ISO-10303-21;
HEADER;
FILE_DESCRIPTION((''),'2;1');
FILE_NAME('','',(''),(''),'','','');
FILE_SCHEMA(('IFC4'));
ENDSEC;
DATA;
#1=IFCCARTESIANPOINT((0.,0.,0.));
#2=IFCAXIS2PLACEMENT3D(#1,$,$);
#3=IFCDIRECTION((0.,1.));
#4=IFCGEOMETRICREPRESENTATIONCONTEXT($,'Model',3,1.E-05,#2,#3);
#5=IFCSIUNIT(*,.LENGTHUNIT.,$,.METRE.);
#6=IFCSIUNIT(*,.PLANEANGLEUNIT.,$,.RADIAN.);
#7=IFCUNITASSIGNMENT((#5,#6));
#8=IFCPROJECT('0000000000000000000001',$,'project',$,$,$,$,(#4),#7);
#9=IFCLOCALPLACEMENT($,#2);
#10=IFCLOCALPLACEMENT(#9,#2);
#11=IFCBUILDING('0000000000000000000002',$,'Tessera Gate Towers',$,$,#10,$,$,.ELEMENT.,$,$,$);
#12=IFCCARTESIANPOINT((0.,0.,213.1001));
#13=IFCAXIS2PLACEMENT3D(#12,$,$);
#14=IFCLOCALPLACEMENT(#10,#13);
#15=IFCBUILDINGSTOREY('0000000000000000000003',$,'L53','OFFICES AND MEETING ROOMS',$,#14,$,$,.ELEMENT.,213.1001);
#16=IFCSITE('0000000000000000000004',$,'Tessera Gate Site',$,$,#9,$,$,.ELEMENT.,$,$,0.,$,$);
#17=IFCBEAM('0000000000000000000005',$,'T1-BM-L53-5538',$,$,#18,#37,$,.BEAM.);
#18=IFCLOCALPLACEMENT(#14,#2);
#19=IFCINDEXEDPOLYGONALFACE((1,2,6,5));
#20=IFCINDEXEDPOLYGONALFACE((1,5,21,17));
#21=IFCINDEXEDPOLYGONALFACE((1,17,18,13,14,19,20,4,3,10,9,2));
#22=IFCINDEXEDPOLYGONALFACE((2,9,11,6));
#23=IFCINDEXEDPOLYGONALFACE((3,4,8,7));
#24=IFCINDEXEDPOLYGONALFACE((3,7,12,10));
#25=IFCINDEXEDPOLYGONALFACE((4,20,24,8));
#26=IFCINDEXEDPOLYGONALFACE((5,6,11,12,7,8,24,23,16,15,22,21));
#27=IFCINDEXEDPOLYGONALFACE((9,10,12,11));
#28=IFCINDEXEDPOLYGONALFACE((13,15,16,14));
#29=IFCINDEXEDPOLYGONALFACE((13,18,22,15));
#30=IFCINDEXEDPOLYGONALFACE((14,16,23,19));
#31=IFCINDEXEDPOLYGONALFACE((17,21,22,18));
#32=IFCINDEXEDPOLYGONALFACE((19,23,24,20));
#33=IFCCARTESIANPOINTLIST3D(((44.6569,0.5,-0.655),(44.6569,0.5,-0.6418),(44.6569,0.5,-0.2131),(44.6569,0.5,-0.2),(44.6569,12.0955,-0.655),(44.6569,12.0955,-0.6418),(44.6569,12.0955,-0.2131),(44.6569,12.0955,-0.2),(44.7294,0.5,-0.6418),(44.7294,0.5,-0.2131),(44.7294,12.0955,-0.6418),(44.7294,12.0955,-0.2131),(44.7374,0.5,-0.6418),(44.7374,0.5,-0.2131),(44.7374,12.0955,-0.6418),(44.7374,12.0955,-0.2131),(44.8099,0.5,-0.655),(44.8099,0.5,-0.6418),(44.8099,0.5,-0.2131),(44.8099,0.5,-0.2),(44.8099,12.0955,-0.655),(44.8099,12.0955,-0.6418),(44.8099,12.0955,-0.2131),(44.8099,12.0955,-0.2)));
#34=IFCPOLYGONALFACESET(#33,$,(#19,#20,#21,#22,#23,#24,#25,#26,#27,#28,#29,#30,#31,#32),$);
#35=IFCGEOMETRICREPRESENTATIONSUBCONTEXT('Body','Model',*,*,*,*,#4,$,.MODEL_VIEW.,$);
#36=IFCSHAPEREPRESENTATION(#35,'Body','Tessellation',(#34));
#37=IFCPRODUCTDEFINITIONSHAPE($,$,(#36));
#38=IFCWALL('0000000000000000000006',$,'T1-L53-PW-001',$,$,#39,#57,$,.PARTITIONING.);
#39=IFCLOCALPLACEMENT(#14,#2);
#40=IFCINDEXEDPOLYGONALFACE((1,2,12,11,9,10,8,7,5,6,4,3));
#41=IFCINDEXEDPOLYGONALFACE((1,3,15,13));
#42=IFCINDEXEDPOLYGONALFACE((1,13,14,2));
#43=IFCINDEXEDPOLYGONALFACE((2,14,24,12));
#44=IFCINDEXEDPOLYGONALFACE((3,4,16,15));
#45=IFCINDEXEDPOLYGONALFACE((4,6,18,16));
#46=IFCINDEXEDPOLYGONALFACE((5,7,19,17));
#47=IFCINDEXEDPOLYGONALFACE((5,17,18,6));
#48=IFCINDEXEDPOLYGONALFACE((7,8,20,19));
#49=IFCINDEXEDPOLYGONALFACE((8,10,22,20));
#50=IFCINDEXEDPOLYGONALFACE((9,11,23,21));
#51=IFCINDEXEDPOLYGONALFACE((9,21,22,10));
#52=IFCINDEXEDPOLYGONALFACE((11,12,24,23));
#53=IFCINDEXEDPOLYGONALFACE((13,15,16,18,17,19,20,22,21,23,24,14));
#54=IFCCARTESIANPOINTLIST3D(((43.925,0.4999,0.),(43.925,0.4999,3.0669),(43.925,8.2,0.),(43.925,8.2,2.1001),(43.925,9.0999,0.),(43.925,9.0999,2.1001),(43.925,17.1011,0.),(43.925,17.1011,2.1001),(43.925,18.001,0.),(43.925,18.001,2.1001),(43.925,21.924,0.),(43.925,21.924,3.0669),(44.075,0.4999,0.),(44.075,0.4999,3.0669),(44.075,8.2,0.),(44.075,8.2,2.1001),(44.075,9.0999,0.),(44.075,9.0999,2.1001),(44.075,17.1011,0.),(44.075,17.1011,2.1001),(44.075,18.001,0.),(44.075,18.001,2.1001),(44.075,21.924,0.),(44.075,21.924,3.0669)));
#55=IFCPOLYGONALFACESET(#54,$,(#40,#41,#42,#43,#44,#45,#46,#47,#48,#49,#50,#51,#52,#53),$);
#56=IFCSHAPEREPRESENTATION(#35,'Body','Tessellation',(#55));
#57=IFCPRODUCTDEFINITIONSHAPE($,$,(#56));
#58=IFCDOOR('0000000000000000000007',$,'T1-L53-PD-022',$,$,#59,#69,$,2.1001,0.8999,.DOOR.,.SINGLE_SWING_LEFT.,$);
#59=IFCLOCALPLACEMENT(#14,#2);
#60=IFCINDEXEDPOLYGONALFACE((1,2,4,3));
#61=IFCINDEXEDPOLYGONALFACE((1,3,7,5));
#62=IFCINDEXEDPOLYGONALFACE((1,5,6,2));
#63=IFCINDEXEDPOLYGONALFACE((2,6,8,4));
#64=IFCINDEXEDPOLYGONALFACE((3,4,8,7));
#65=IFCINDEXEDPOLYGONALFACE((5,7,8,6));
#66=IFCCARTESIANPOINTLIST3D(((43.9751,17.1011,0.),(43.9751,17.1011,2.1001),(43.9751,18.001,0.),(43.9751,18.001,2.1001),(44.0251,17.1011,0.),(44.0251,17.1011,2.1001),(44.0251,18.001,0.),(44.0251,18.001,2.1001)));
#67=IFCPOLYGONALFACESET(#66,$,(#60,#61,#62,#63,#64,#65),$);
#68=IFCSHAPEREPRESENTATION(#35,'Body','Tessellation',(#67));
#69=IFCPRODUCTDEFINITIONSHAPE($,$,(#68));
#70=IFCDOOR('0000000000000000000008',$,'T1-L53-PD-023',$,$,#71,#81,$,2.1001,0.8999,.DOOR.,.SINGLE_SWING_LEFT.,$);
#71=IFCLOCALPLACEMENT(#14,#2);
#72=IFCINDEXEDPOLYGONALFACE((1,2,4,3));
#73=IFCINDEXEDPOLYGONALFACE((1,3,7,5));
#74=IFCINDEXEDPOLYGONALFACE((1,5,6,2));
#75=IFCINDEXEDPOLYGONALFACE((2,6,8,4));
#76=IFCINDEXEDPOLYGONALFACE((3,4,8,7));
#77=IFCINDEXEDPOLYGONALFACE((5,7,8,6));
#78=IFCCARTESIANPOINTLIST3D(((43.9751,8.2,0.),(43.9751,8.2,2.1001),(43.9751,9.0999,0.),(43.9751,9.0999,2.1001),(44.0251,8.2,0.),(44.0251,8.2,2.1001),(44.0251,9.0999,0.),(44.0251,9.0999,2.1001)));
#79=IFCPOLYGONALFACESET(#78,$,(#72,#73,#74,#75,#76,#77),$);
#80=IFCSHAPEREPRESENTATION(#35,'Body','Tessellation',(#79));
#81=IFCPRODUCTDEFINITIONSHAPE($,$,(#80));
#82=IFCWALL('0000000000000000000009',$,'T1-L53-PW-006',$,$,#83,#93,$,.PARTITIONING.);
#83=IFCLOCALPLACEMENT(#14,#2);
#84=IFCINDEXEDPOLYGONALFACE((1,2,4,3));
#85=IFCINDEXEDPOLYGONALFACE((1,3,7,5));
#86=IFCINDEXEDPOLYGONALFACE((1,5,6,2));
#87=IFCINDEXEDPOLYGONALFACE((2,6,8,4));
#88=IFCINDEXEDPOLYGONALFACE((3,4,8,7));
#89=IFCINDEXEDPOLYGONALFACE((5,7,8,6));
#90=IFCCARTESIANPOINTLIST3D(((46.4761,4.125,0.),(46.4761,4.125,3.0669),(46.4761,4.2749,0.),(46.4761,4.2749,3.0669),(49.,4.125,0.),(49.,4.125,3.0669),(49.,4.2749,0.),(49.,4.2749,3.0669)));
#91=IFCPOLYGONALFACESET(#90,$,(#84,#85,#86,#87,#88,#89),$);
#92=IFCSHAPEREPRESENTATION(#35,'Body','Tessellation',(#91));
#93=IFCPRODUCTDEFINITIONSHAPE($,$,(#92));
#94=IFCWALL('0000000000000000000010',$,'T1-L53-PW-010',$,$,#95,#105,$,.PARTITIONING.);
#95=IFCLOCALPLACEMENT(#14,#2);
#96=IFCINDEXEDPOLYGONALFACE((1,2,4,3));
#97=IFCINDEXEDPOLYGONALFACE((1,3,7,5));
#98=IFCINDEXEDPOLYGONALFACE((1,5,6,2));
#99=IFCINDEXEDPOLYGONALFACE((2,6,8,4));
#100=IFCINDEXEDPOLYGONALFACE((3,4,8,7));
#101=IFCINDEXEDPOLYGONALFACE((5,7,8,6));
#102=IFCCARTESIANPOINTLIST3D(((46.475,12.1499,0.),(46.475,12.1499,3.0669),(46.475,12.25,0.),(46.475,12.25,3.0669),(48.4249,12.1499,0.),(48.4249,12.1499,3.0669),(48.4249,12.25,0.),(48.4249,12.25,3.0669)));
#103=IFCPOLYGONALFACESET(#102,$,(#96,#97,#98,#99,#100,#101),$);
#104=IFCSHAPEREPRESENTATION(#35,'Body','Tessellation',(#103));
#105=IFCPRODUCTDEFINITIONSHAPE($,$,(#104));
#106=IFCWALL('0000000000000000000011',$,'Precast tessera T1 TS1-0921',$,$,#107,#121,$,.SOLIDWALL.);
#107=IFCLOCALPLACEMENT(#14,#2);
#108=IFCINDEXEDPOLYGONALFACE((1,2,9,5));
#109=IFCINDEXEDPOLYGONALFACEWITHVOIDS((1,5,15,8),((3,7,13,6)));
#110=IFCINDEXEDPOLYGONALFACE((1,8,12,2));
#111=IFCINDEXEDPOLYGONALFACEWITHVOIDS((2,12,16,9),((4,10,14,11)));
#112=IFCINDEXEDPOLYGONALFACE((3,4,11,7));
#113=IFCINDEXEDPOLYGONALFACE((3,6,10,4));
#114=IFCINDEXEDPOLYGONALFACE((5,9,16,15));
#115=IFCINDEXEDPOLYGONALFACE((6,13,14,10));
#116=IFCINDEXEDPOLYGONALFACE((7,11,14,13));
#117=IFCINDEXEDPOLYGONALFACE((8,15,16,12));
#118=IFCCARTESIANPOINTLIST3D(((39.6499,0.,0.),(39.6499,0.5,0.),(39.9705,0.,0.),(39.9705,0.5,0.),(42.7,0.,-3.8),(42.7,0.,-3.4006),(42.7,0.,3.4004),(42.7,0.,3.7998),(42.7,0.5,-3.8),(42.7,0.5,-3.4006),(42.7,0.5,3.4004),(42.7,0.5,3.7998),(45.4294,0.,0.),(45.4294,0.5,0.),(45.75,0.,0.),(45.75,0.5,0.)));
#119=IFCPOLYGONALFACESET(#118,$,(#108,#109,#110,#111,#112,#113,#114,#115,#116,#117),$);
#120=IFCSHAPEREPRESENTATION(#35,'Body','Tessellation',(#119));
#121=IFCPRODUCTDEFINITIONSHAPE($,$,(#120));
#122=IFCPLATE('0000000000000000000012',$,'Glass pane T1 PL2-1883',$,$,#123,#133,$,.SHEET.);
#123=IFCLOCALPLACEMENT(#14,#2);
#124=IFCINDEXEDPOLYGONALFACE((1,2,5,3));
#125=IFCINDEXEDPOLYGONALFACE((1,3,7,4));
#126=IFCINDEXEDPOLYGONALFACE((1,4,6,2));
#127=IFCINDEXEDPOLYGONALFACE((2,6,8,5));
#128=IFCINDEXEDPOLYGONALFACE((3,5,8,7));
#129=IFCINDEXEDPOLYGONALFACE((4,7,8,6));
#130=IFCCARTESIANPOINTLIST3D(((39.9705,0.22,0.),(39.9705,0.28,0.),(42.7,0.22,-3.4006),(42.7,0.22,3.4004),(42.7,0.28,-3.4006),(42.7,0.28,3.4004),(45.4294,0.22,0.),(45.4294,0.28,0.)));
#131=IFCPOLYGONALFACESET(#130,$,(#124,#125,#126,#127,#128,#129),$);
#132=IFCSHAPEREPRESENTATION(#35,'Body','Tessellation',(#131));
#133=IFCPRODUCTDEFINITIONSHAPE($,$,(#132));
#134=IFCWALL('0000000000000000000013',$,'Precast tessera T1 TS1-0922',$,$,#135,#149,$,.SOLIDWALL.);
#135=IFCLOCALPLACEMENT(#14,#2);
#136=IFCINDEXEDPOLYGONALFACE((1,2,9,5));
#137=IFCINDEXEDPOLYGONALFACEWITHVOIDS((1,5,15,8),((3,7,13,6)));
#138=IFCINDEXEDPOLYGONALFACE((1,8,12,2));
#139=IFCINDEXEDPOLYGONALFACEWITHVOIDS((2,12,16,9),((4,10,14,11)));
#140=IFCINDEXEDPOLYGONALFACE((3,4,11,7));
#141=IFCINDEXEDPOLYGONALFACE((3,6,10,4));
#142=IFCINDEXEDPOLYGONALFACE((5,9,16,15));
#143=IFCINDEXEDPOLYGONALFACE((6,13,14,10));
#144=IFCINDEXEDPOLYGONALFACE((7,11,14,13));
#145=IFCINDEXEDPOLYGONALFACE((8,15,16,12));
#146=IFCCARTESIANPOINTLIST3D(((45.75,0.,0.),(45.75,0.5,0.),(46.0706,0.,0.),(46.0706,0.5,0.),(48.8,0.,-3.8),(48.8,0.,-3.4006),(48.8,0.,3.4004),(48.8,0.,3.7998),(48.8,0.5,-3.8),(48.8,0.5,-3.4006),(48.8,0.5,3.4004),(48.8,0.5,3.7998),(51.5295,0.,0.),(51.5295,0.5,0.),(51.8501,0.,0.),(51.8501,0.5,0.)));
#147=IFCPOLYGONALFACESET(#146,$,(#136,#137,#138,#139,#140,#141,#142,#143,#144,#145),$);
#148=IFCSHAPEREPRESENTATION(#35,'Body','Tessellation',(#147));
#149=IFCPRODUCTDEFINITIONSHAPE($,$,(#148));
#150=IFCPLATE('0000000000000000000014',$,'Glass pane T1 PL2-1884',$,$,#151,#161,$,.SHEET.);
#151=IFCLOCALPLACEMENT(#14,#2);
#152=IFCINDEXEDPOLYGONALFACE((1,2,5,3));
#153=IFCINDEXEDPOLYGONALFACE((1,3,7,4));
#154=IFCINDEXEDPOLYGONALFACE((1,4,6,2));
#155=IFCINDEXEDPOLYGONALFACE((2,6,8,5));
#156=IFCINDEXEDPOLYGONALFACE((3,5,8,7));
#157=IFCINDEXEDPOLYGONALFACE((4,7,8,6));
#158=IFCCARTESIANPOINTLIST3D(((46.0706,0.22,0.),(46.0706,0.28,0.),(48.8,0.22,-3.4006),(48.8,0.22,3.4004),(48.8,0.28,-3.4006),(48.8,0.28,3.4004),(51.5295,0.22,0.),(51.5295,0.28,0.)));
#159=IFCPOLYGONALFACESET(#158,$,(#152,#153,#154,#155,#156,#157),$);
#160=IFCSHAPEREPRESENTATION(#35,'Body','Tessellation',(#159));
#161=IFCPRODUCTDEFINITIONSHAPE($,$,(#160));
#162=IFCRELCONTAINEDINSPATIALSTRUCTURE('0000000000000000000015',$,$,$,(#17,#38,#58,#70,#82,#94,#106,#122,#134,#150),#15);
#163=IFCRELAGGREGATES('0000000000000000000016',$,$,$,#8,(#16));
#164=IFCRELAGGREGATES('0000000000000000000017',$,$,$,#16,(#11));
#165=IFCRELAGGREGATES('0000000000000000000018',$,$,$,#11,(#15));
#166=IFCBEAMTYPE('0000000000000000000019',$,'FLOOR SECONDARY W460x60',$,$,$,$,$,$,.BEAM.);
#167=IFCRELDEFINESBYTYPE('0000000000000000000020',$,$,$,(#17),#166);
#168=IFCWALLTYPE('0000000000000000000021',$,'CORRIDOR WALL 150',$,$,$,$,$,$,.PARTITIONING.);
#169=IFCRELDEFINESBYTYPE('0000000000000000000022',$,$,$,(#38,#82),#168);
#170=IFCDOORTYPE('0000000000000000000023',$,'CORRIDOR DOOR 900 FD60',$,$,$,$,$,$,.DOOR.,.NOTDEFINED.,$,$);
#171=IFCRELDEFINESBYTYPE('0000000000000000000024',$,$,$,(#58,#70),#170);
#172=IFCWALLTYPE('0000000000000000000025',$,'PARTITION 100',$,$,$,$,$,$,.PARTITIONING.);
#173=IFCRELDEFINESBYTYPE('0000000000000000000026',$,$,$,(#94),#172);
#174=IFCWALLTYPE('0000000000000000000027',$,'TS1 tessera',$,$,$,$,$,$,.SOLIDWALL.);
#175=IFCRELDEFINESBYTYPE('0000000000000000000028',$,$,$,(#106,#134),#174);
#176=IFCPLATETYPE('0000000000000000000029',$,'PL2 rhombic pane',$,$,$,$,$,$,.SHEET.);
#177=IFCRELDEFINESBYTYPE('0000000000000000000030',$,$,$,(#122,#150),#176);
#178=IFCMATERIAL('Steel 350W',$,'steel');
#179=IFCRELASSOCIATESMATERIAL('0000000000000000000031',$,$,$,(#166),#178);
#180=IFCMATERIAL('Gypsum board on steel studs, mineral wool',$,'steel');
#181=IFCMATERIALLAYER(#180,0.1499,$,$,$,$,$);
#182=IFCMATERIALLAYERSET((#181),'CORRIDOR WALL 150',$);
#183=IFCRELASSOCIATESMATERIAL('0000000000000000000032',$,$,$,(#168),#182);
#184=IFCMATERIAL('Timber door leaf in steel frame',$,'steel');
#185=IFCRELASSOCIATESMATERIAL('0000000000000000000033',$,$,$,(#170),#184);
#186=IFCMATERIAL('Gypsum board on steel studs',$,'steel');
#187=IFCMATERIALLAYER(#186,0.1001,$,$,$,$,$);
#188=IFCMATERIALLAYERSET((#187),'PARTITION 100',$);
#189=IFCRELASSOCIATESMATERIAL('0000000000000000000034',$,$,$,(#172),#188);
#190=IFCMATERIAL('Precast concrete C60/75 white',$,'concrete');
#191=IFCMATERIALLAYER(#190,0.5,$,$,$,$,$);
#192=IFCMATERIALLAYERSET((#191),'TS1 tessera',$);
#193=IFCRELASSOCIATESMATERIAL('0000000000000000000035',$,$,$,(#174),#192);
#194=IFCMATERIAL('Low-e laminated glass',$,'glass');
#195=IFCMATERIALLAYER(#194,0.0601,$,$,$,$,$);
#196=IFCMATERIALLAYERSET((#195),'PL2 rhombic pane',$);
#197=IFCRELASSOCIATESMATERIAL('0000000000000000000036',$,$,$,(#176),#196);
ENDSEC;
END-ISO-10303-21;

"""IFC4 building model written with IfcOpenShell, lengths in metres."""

from ifc_helpers import new_model, si_unit, direction, frame, frame_2d, origin, origin_2d, place, context, subcontext, project, spatial, polyline, rectangle, i_section, outline, extrude, source, transform, mapped, material, layer, layer_set, material_profile, profile_set, type_object, element, fill, save


model = new_model("IFC4")

# Units and contexts
model_context = context("Model", 3, precision=1e-05, world=origin(), true_north=direction((0.0, 1.0)))
body_context = subcontext(model_context, "Body", "Model", "MODEL_VIEW")
ifc_project = project(units=[si_unit("LENGTHUNIT", "METRE"), si_unit("PLANEANGLEUNIT", "RADIAN")], contexts=[model_context])

# Site, building, storey
site_placement = place(None, origin())
site = spatial("IfcSite", under=ifc_project, at=site_placement, Name="Tessera Gate Site", CompositionType="ELEMENT", RefElevation=0.0)
building_placement = place(site_placement, origin())
building = spatial("IfcBuilding", under=site, at=building_placement, Name="Tessera Gate Towers", CompositionType="ELEMENT")
storey_placement = place(building_placement, frame((0.0, 0.0, 213.1001)))
storey = spatial("IfcBuildingStorey", under=building, at=storey_placement, Name="L53", Description="OFFICES AND MEETING ROOMS", CompositionType="ELEMENT", Elevation=213.1001)

# Beam
ifc_material_1 = material(Name="Steel 350W", Category="steel")
ifc_material_profile_1 = material_profile(ifc_material_1, i_section(OverallWidth=0.1531, OverallDepth=0.4551, WebThickness=0.0081, FlangeThickness=0.0132, at=origin_2d()), Name="W460x60")
ifc_profile_set_1 = profile_set([ifc_material_profile_1], Name="Steel 350W")
beam_type_1 = type_object("IfcBeamType", Name="FLOOR SECONDARY W460x60", PredefinedType="BEAM", material=ifc_profile_set_1)
beam_1_placement = place(storey_placement, frame((44.7334, 0.5, -0.4275), z_axis=(0.0, 1.0, 0.0), x_axis=(-1.0, 0.0, 0.0)))
element("IfcBeam", 1, at=beam_1_placement, inside=storey, type_object=beam_type_1, Name="T1-BM-L53-5538", PredefinedType="BEAM", context=body_context, shape_type="SweptSolid", body=[
    extrude(i_section(OverallWidth=0.1531, OverallDepth=0.4551, WebThickness=0.0081, FlangeThickness=0.0132, at=origin_2d()), origin(), (0.0, 0.0, 1.0), 11.5955),
])

# Wall, openings, doors
ifc_material_2 = material(Name="Gypsum board on steel studs, mineral wool", Category="steel")
ifc_layer_1 = layer(ifc_material_2, 0.1499)
ifc_layer_set_1 = layer_set([ifc_layer_1], Name="CORRIDOR WALL 150")
wall_type_1 = type_object("IfcWallType", Name="CORRIDOR WALL 150", PredefinedType="PARTITIONING", material=ifc_layer_set_1)
wall_1_placement = place(storey_placement, frame((44.0, 0.5, 0.0), z_axis=(0.0, 0.0, 1.0), x_axis=(0.0, 1.0, 0.0)))
wall_1 = element("IfcWall", 2, at=wall_1_placement, inside=storey, type_object=wall_type_1, Name="T1-L53-PW-001", PredefinedType="PARTITIONING", context=body_context, shape_type="SweptSolid", body=[
    extrude(rectangle(XDim=21.4241, YDim=0.1499, at=frame_2d((10.7119, 0.0))), origin(), (0.0, 0.0, 1.0), 3.0669),
])
shared_shape_1 = source(origin(), body_context, "Body", "SweptSolid", [
    extrude(rectangle(XDim=0.8999, YDim=2.1001, at=frame_2d((0.45, 1.05))), frame((0.0, 0.085, 0.0), z_axis=(0.0, -1.0, 0.0), x_axis=(1.0, 0.0, 0.0)), (0.0, 0.0, 1.0), 0.1699),
])
opening_1_placement = place(wall_1_placement, frame((16.6011, 0.0, 0.0)))
opening_1 = element("IfcOpeningElement", 3, at=opening_1_placement, cuts=wall_1, PredefinedType="OPENING", context=body_context, shape_type="MappedRepresentation", body=[
    mapped(shared_shape_1, transform((0.0, 0.0, 0.0), scale=1.0)),
])
opening_2_placement = place(wall_1_placement, frame((7.7, 0.0, 0.0)))
opening_2 = element("IfcOpeningElement", 4, at=opening_2_placement, cuts=wall_1, PredefinedType="OPENING", context=body_context, shape_type="MappedRepresentation", body=[
    mapped(shared_shape_1, transform((0.0, 0.0, 0.0), scale=1.0)),
])
ifc_material_3 = material(Name="Timber door leaf in steel frame", Category="steel")
door_type = type_object("IfcDoorType", Name="CORRIDOR DOOR 900 FD60", OperationType="NOTDEFINED", PredefinedType="DOOR", material=ifc_material_3)
shared_shape_2 = source(origin(), body_context, "Body", "SweptSolid", [
    extrude(rectangle(XDim=0.8999, YDim=2.1001, at=frame_2d((0.45, 1.05))), frame((0.0, 0.0249, 0.0), z_axis=(0.0, -1.0, 0.0), x_axis=(1.0, 0.0, 0.0)), (0.0, 0.0, 1.0), 0.05),
])
door_1_placement = place(opening_1_placement, origin())
door_1 = element("IfcDoor", 5, at=door_1_placement, inside=storey, type_object=door_type, Name="T1-L53-PD-022", OperationType="SINGLE_SWING_LEFT", OverallHeight=2.1001, OverallWidth=0.8999, PredefinedType="DOOR", context=body_context, shape_type="MappedRepresentation", body=[
    mapped(shared_shape_2, transform((0.0, 0.0, 0.0), scale=1.0)),
])
fill(opening_1, door_1)
door_2_placement = place(opening_2_placement, origin())
door_2 = element("IfcDoor", 6, at=door_2_placement, inside=storey, type_object=door_type, Name="T1-L53-PD-023", OperationType="SINGLE_SWING_LEFT", OverallHeight=2.1001, OverallWidth=0.8999, PredefinedType="DOOR", context=body_context, shape_type="MappedRepresentation", body=[
    mapped(shared_shape_2, transform((0.0, 0.0, 0.0), scale=1.0)),
])
fill(opening_2, door_2)

# Walls
wall_2_placement = place(storey_placement, frame((46.4761, 4.2, 0.0), z_axis=(0.0, 0.0, 1.0), x_axis=(1.0, 0.0, 0.0)))
element("IfcWall", 7, at=wall_2_placement, inside=storey, type_object=wall_type_1, Name="T1-L53-PW-006", PredefinedType="PARTITIONING", context=body_context, shape_type="SweptSolid", body=[
    extrude(rectangle(XDim=2.5239, YDim=0.1499, at=frame_2d((1.262, 0.0))), origin(), (0.0, 0.0, 1.0), 3.0669),
])
ifc_material_4 = material(Name="Gypsum board on steel studs", Category="steel")
ifc_layer_2 = layer(ifc_material_4, 0.1001)
ifc_layer_set_2 = layer_set([ifc_layer_2], Name="PARTITION 100")
wall_type_2 = type_object("IfcWallType", Name="PARTITION 100", PredefinedType="PARTITIONING", material=ifc_layer_set_2)
wall_3_placement = place(storey_placement, frame((48.425, 12.2, 0.0), z_axis=(0.0, 0.0, 1.0), x_axis=(-1.0, 0.0, 0.0)))
element("IfcWall", 8, at=wall_3_placement, inside=storey, type_object=wall_type_2, Name="T1-L53-PW-010", PredefinedType="PARTITIONING", context=body_context, shape_type="SweptSolid", body=[
    extrude(rectangle(XDim=1.95, YDim=0.1001, at=frame_2d((0.9751, 0.0))), origin(), (0.0, 0.0, 1.0), 3.0669),
])

# Walls, openings, plates
ifc_material_5 = material(Name="Precast concrete C60/75 white", Category="concrete")
ifc_layer_3 = layer(ifc_material_5, 0.5)
ifc_layer_set_3 = layer_set([ifc_layer_3], Name="TS1 tessera")
wall_type_3 = type_object("IfcWallType", Name="TS1 tessera", PredefinedType="SOLIDWALL", material=ifc_layer_set_3)
shared_shape_3 = source(origin(), body_context, "Body", "SweptSolid", [
    extrude(outline(polyline([(3.05, 0.0), (6.1001, 3.8), (3.05, 7.5999), (0.0, 3.8), (3.05, 0.0)])), frame((0.0, 0.25, 0.0), z_axis=(0.0, -1.0, 0.0), x_axis=(1.0, 0.0, 0.0)), (0.0, 0.0, 1.0), 0.5),
])
wall_4_placement = place(storey_placement, frame((39.6499, 0.25, -3.8), z_axis=(0.0, 0.0, 1.0), x_axis=(1.0, 0.0, 0.0)))
wall_4 = element("IfcWall", 9, at=wall_4_placement, inside=storey, type_object=wall_type_3, Name="Precast tessera T1 TS1-0921", PredefinedType="SOLIDWALL", context=body_context, shape_type="MappedRepresentation", body=[
    mapped(shared_shape_3, transform((0.0, 0.0, 0.0), scale=1.0)),
])
shared_shape_4 = source(origin(), body_context, "Body", "SweptSolid", [
    extrude(outline(polyline([(3.05, 0.3994), (5.7795, 3.8), (3.05, 7.2004), (0.3206, 3.8), (3.05, 0.3994)])), frame((0.0, 0.26, 0.0), z_axis=(0.0, -1.0, 0.0), x_axis=(1.0, 0.0, 0.0)), (0.0, 0.0, 1.0), 0.52),
])
opening_3_placement = place(wall_4_placement, origin())
opening_3 = element("IfcOpeningElement", 10, at=opening_3_placement, cuts=wall_4, PredefinedType="OPENING", context=body_context, shape_type="MappedRepresentation", body=[
    mapped(shared_shape_4, transform((0.0, 0.0, 0.0), scale=1.0)),
])
ifc_material_6 = material(Name="Low-e laminated glass", Category="glass")
ifc_layer_4 = layer(ifc_material_6, 0.0601)
ifc_layer_set_4 = layer_set([ifc_layer_4], Name="PL2 rhombic pane")
plate_type = type_object("IfcPlateType", Name="PL2 rhombic pane", PredefinedType="SHEET", material=ifc_layer_set_4)
shared_shape_5 = source(origin(), body_context, "Body", "SweptSolid", [
    extrude(outline(polyline([(3.05, 0.3994), (5.7795, 3.8), (3.05, 7.2004), (0.3206, 3.8), (3.05, 0.3994)])), frame((0.0, 0.03, 0.0), z_axis=(0.0, -1.0, 0.0), x_axis=(1.0, 0.0, 0.0)), (0.0, 0.0, 1.0), 0.0601),
])
plate_1_placement = place(opening_3_placement, origin())
plate_1 = element("IfcPlate", 11, at=plate_1_placement, inside=storey, type_object=plate_type, Name="Glass pane T1 PL2-1883", PredefinedType="SHEET", context=body_context, shape_type="MappedRepresentation", body=[
    mapped(shared_shape_5, transform((0.0, 0.0, 0.0), scale=1.0)),
])
fill(opening_3, plate_1)
wall_5_placement = place(storey_placement, frame((45.75, 0.25, -3.8), z_axis=(0.0, 0.0, 1.0), x_axis=(1.0, 0.0, 0.0)))
wall_5 = element("IfcWall", 12, at=wall_5_placement, inside=storey, type_object=wall_type_3, Name="Precast tessera T1 TS1-0922", PredefinedType="SOLIDWALL", context=body_context, shape_type="MappedRepresentation", body=[
    mapped(shared_shape_3, transform((0.0, 0.0, 0.0), scale=1.0)),
])
opening_4_placement = place(wall_5_placement, origin())
opening_4 = element("IfcOpeningElement", 13, at=opening_4_placement, cuts=wall_5, PredefinedType="OPENING", context=body_context, shape_type="MappedRepresentation", body=[
    mapped(shared_shape_4, transform((0.0, 0.0, 0.0), scale=1.0)),
])
plate_2_placement = place(opening_4_placement, origin())
plate_2 = element("IfcPlate", 14, at=plate_2_placement, inside=storey, type_object=plate_type, Name="Glass pane T1 PL2-1884", PredefinedType="SHEET", context=body_context, shape_type="MappedRepresentation", body=[
    mapped(shared_shape_5, transform((0.0, 0.0, 0.0), scale=1.0)),
])
fill(opening_4, plate_2)

save(model, "model.ifc")
